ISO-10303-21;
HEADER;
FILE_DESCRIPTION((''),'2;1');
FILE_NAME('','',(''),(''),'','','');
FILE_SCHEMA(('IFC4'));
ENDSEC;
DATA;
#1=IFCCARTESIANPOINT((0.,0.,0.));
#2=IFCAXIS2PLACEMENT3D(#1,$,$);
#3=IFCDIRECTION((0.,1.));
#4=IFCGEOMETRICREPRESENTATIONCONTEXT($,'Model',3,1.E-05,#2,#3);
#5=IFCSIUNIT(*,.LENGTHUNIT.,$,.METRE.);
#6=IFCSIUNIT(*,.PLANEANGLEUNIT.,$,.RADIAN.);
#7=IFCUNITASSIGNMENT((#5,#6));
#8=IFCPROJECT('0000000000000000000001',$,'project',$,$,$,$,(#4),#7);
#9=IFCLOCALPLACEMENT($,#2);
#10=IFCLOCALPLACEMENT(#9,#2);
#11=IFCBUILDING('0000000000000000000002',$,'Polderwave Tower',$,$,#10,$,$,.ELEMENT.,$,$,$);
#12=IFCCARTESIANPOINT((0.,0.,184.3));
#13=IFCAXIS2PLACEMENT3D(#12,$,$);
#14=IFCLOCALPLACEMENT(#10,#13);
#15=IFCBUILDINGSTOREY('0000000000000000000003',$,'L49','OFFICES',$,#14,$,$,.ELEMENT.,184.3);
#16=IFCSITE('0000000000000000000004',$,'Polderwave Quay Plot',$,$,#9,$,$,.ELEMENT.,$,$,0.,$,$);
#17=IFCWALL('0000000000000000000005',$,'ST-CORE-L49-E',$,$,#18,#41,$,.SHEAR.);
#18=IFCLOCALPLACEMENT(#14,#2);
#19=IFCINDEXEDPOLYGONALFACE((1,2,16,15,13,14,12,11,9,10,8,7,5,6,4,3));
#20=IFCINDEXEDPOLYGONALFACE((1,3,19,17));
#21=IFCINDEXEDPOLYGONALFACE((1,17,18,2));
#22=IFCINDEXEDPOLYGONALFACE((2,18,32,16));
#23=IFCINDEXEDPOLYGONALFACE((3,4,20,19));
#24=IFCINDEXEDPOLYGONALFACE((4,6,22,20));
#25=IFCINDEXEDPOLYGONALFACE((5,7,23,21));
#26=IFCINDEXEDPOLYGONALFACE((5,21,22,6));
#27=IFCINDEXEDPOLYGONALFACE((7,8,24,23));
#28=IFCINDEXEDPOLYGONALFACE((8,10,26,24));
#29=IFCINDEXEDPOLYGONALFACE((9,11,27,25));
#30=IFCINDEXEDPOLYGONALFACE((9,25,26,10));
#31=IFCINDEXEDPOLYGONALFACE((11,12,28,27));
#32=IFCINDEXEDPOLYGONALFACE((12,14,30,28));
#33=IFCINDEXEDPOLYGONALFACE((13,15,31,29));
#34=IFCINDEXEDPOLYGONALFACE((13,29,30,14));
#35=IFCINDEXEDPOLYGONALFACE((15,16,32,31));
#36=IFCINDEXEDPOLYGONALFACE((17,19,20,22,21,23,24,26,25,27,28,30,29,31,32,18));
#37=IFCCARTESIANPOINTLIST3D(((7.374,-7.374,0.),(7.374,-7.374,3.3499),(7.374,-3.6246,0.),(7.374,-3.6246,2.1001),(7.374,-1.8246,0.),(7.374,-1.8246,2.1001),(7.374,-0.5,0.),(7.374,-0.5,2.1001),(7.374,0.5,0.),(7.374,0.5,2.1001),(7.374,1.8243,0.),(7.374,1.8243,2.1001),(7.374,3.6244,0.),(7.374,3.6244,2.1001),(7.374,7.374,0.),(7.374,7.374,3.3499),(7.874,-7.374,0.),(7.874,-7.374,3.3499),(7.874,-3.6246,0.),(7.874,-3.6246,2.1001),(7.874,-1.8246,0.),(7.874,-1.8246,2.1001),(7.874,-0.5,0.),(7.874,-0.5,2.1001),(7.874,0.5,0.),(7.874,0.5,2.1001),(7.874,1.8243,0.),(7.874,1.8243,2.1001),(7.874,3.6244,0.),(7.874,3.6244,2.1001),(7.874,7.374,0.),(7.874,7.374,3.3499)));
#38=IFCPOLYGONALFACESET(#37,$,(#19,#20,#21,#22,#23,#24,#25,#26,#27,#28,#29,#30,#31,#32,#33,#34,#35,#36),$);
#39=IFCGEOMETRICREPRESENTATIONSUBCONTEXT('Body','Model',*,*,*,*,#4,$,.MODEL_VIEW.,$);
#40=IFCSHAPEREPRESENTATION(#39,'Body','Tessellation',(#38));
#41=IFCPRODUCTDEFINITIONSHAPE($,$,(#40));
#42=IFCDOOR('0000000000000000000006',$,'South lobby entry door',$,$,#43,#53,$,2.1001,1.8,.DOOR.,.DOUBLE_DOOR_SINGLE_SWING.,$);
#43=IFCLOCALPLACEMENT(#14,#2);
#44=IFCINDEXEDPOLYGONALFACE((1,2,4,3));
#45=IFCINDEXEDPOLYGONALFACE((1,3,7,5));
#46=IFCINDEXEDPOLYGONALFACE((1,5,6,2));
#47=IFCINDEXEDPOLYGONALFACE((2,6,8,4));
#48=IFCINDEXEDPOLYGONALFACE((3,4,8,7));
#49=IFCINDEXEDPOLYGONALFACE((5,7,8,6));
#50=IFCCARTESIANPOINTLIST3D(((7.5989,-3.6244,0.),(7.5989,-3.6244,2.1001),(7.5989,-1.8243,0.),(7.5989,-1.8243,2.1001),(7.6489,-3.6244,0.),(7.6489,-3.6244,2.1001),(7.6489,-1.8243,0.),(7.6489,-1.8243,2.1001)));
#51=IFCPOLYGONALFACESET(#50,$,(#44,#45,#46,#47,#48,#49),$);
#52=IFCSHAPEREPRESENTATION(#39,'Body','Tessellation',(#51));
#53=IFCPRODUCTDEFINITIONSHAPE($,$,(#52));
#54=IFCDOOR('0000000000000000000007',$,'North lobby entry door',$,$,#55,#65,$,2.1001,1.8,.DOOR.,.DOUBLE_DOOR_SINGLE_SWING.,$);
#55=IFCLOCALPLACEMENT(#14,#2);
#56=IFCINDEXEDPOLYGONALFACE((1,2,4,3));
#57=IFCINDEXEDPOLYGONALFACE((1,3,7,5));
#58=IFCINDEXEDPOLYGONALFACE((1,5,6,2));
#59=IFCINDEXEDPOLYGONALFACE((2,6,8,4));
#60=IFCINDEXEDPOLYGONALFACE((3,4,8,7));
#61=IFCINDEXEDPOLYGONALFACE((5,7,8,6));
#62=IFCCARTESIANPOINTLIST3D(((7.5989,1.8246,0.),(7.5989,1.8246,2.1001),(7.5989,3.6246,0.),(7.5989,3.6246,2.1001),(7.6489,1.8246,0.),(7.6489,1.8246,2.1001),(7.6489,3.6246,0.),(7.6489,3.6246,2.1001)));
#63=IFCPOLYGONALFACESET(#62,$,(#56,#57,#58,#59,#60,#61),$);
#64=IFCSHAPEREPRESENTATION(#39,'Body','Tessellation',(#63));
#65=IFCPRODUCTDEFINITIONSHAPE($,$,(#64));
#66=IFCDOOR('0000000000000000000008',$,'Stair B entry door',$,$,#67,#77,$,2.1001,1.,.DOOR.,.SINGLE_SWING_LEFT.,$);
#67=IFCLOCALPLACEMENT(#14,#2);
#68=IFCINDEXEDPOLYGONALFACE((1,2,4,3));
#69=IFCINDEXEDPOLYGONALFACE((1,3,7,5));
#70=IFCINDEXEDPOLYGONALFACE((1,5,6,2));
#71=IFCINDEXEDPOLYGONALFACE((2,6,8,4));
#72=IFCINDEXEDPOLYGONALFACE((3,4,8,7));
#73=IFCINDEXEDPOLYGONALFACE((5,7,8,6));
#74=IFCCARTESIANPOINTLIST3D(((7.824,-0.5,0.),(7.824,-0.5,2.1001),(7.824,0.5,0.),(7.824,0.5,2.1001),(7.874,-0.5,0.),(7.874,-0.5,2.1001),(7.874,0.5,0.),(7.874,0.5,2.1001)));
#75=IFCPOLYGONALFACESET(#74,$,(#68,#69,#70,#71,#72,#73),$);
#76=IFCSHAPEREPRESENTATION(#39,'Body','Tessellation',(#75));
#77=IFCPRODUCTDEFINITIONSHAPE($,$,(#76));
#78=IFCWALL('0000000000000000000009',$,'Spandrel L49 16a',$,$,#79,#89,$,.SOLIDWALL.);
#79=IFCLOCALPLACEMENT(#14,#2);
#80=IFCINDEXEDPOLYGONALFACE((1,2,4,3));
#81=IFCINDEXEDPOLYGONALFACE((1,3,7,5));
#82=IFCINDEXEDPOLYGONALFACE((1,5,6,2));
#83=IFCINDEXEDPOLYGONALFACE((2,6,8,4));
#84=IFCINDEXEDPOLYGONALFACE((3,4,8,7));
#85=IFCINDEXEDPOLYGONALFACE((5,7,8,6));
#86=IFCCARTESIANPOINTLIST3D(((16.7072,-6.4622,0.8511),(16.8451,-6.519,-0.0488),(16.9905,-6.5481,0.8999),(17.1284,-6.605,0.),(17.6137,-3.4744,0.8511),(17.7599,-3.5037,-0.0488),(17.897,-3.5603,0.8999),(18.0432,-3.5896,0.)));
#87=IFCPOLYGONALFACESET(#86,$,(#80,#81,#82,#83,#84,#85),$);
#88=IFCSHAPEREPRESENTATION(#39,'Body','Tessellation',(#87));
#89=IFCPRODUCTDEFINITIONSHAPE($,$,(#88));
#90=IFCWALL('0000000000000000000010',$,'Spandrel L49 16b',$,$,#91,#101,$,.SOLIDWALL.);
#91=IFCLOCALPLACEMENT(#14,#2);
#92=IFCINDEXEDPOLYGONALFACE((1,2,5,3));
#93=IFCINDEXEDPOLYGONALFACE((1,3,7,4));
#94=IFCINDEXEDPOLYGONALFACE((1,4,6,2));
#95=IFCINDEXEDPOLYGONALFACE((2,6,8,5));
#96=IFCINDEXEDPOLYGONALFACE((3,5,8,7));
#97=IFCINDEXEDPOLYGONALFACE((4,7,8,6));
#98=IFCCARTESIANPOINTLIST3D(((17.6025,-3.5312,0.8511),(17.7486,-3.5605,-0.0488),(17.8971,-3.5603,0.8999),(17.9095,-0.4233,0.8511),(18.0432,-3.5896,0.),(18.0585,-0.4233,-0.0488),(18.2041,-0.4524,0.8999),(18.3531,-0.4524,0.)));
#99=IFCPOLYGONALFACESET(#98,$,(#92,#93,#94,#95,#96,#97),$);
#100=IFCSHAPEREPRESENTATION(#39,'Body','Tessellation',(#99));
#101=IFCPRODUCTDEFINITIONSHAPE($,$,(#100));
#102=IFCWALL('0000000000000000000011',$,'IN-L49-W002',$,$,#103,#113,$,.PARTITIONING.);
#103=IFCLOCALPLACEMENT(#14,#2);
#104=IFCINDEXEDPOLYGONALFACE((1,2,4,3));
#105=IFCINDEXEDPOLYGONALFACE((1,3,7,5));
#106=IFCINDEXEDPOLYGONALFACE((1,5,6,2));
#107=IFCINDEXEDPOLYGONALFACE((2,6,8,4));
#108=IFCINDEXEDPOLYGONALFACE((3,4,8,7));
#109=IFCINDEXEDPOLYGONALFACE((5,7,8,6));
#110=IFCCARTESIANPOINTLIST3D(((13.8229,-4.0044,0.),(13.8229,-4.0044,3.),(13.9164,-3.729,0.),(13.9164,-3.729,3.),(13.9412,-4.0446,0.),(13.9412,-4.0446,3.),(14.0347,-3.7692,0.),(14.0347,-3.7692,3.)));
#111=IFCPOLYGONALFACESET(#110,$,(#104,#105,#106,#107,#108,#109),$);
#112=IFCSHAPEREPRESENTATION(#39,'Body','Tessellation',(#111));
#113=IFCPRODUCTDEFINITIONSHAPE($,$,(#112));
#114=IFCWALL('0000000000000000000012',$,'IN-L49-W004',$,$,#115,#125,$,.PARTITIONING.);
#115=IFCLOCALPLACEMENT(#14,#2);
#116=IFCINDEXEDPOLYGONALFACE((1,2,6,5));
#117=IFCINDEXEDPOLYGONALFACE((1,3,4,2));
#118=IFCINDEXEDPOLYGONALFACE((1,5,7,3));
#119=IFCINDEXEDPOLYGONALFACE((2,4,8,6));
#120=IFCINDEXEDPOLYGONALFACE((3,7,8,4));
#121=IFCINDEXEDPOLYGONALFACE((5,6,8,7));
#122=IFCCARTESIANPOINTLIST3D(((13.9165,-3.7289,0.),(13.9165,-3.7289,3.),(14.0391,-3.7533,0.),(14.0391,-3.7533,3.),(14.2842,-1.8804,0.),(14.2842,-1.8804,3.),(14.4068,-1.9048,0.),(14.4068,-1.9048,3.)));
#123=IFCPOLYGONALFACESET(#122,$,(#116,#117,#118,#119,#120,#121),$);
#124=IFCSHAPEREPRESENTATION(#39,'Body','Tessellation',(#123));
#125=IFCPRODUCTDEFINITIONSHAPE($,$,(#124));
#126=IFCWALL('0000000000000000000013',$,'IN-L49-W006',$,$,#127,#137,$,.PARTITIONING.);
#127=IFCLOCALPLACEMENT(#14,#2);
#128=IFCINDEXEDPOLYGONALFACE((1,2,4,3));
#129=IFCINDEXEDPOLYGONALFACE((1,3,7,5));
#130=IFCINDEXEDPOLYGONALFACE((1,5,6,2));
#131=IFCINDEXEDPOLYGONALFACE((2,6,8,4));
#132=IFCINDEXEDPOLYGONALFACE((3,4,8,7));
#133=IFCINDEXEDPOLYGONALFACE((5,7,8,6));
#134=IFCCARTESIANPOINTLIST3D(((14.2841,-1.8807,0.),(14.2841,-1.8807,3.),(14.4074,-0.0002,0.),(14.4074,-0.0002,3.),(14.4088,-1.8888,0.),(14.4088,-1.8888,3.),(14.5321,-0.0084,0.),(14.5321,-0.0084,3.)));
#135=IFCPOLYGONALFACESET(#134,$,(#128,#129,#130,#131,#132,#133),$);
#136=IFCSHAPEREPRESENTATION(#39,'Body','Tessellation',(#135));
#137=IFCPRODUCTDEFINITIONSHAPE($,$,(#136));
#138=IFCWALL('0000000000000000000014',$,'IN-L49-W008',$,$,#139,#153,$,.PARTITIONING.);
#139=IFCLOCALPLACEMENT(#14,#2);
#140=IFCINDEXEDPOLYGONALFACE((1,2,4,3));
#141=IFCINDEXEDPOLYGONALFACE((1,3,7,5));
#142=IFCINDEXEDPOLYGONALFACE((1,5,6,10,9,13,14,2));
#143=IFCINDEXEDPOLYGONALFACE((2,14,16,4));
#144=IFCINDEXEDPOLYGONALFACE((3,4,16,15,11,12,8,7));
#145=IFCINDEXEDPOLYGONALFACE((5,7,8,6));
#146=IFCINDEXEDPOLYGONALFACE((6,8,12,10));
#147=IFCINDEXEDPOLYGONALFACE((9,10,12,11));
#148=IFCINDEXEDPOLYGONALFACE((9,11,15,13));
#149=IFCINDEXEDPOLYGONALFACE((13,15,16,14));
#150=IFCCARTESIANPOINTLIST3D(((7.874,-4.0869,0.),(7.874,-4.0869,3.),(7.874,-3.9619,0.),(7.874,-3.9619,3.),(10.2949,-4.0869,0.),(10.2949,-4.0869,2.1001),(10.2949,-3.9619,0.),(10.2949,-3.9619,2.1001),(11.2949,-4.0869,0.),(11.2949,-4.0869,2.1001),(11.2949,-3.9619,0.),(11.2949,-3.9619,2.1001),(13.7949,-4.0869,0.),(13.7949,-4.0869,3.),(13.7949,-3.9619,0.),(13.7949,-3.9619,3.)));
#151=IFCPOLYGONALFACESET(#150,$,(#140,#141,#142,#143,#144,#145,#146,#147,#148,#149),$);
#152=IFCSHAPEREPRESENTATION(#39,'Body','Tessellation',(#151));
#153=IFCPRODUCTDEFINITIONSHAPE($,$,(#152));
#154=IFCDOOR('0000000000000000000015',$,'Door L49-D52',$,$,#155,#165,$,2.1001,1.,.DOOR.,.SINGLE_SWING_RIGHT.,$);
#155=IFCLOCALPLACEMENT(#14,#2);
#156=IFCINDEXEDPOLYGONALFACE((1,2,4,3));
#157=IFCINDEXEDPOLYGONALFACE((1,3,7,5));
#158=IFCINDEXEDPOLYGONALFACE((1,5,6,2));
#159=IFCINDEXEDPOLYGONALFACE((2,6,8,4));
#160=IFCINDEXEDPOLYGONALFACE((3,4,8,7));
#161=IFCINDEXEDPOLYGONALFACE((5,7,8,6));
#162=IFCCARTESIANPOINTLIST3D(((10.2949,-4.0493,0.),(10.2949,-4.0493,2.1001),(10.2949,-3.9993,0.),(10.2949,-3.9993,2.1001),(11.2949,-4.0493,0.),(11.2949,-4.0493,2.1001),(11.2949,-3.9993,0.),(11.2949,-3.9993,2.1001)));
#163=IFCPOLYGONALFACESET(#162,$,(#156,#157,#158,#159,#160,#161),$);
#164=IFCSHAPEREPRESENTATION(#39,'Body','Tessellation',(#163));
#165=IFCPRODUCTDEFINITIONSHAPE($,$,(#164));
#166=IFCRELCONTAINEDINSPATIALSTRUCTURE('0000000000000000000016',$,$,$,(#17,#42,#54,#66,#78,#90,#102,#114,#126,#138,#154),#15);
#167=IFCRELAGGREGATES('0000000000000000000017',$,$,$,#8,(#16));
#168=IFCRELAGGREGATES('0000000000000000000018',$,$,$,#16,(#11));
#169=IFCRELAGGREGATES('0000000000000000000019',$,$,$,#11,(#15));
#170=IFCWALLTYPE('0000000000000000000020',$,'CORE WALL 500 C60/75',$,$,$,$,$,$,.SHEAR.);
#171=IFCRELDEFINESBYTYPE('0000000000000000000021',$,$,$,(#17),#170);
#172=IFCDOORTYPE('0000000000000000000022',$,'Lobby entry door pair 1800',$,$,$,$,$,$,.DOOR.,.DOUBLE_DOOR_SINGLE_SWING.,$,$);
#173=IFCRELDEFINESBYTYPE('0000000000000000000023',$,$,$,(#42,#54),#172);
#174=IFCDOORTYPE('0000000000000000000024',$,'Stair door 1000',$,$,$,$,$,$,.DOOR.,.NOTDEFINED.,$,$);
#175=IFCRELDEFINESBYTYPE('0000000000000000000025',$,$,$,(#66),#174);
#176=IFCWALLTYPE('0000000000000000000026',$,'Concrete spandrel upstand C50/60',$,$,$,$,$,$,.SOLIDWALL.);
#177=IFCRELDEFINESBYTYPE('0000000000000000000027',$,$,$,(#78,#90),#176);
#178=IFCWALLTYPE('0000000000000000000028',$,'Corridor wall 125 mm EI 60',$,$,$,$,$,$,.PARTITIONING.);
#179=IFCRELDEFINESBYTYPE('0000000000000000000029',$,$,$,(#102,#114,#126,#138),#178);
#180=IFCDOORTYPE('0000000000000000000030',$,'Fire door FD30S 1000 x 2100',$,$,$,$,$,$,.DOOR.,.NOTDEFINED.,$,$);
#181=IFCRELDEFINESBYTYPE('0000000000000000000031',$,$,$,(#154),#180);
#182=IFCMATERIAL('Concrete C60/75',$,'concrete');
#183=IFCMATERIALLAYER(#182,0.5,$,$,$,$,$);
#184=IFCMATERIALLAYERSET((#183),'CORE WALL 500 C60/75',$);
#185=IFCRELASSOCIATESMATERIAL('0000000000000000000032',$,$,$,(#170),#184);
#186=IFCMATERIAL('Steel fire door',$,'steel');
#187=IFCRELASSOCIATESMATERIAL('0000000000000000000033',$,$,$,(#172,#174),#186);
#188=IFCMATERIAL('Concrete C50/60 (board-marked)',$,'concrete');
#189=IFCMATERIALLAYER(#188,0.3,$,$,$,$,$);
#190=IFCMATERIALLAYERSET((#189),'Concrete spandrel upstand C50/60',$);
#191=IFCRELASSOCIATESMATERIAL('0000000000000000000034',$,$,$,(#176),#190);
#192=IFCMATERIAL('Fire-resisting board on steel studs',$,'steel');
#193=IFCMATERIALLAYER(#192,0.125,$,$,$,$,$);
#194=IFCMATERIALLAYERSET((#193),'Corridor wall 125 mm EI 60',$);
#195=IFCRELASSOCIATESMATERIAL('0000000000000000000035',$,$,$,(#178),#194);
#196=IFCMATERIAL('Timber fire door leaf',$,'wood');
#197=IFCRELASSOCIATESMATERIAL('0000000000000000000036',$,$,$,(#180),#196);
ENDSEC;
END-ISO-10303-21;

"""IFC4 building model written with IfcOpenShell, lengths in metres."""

from ifc_helpers import new_model, si_unit, direction, frame, frame_2d, origin, place, context, subcontext, project, spatial, polyline, rectangle, outline, extrude, material, layer, layer_set, type_object, element, fill, save


model = new_model("IFC4")

# Units and contexts
model_context = context("Model", 3, precision=1e-05, world=origin(), true_north=direction((0.0, 1.0)))
body_context = subcontext(model_context, "Body", "Model", "MODEL_VIEW")
ifc_project = project(units=[si_unit("LENGTHUNIT", "METRE"), si_unit("PLANEANGLEUNIT", "RADIAN")], contexts=[model_context])

# Site, building, storey
site_placement = place(None, origin())
site = spatial("IfcSite", under=ifc_project, at=site_placement, Name="Polderwave Quay Plot", CompositionType="ELEMENT", RefElevation=0.0)
building_placement = place(site_placement, origin())
building = spatial("IfcBuilding", under=site, at=building_placement, Name="Polderwave Tower", CompositionType="ELEMENT")
storey_placement = place(building_placement, frame((0.0, 0.0, 184.3)))
storey = spatial("IfcBuildingStorey", under=building, at=storey_placement, Name="L49", Description="OFFICES", CompositionType="ELEMENT", Elevation=184.3)

# Shared definitions
ifc_material_1 = material(Name="Concrete C60/75", Category="concrete")

# Wall, openings, doors
ifc_layer_1 = layer(ifc_material_1, 0.5)
ifc_layer_set_1 = layer_set([ifc_layer_1], Name="CORE WALL 500 C60/75")
wall_type_1 = type_object("IfcWallType", Name="CORE WALL 500 C60/75", PredefinedType="SHEAR", material=ifc_layer_set_1)
wall_1_placement = place(storey_placement, frame((7.624, -7.374, 0.0), z_axis=(0.0, 0.0, 1.0), x_axis=(0.0, 1.0, 0.0)))
wall_1 = element("IfcWall", 1, at=wall_1_placement, inside=storey, type_object=wall_type_1, Name="ST-CORE-L49-E", PredefinedType="SHEAR", context=body_context, shape_type="SweptSolid", body=[
    extrude(rectangle(XDim=14.748, YDim=0.5, at=frame_2d((7.374, 0.0))), origin(), (0.0, 0.0, 1.0), 3.3499),
])
opening_1_placement = place(wall_1_placement, frame((6.874, 0.0, 0.0)))
opening_1 = element("IfcOpeningElement", 2, at=opening_1_placement, cuts=wall_1, PredefinedType="OPENING", context=body_context, shape_type="SweptSolid", body=[
    extrude(rectangle(XDim=1.0, YDim=2.1001, at=frame_2d((0.5, 1.05))), frame((0.0, 0.26, 0.0), z_axis=(0.0, -1.0, 0.0), x_axis=(1.0, 0.0, 0.0)), (0.0, 0.0, 1.0), 0.52),
])
opening_2_placement = place(wall_1_placement, frame((3.7495, 0.0, 0.0)))
opening_2 = element("IfcOpeningElement", 3, at=opening_2_placement, cuts=wall_1, PredefinedType="OPENING", context=body_context, shape_type="SweptSolid", body=[
    extrude(rectangle(XDim=1.8, YDim=2.1001, at=frame_2d((0.8999, 1.05))), frame((0.0, 0.26, 0.0), z_axis=(0.0, -1.0, 0.0), x_axis=(1.0, 0.0, 0.0)), (0.0, 0.0, 1.0), 0.52),
])
opening_3_placement = place(wall_1_placement, frame((9.1985, 0.0, 0.0)))
opening_3 = element("IfcOpeningElement", 4, at=opening_3_placement, cuts=wall_1, PredefinedType="OPENING", context=body_context, shape_type="SweptSolid", body=[
    extrude(rectangle(XDim=1.8, YDim=2.1001, at=frame_2d((0.8999, 1.05))), frame((0.0, 0.26, 0.0), z_axis=(0.0, -1.0, 0.0), x_axis=(1.0, 0.0, 0.0)), (0.0, 0.0, 1.0), 0.52),
])
ifc_material_2 = material(Name="Steel fire door", Category="steel")
door_type_1 = type_object("IfcDoorType", Name="Lobby entry door pair 1800", OperationType="DOUBLE_DOOR_SINGLE_SWING", PredefinedType="DOOR", material=ifc_material_2)
door_1_placement = place(opening_2_placement, frame((1.8, 0.0, 0.0), z_axis=(0.0, 0.0, 1.0), x_axis=(-1.0, 0.0, 0.0)))
door_1 = element("IfcDoor", 5, at=door_1_placement, inside=storey, type_object=door_type_1, Name="South lobby entry door", OperationType="DOUBLE_DOOR_SINGLE_SWING", OverallHeight=2.1001, OverallWidth=1.8, PredefinedType="DOOR", context=body_context, shape_type="SweptSolid", body=[
    extrude(rectangle(XDim=1.8, YDim=2.1001, at=frame_2d((0.8999, 1.05))), frame((0.0, 0.0249, 0.0), z_axis=(0.0, -1.0, 0.0), x_axis=(1.0, 0.0, 0.0)), (0.0, 0.0, 1.0), 0.05),
])
fill(opening_2, door_1)
door_2_placement = place(opening_3_placement, frame((1.8, 0.0, 0.0), z_axis=(0.0, 0.0, 1.0), x_axis=(-1.0, 0.0, 0.0)))
door_2 = element("IfcDoor", 6, at=door_2_placement, inside=storey, type_object=door_type_1, Name="North lobby entry door", OperationType="DOUBLE_DOOR_SINGLE_SWING", OverallHeight=2.1001, OverallWidth=1.8, PredefinedType="DOOR", context=body_context, shape_type="SweptSolid", body=[
    extrude(rectangle(XDim=1.8, YDim=2.1001, at=frame_2d((0.8999, 1.05))), frame((0.0, 0.0249, 0.0), z_axis=(0.0, -1.0, 0.0), x_axis=(1.0, 0.0, 0.0)), (0.0, 0.0, 1.0), 0.05),
])
fill(opening_3, door_2)
door_type_2 = type_object("IfcDoorType", Name="Stair door 1000", OperationType="NOTDEFINED", PredefinedType="DOOR", material=ifc_material_2)
door_3_placement = place(opening_1_placement, frame((1.0, 0.0, 0.0), z_axis=(0.0, 0.0, 1.0), x_axis=(-1.0, 0.0, 0.0)))
door_3 = element("IfcDoor", 7, at=door_3_placement, inside=storey, type_object=door_type_2, Name="Stair B entry door", OperationType="SINGLE_SWING_LEFT", OverallHeight=2.1001, OverallWidth=1.0, PredefinedType="DOOR", context=body_context, shape_type="SweptSolid", body=[
    extrude(rectangle(XDim=1.0, YDim=2.1001, at=frame_2d((0.5, 1.05))), frame((0.0, 0.25, 0.0), z_axis=(0.0, -1.0, 0.0), x_axis=(1.0, 0.0, 0.0)), (0.0, 0.0, 1.0), 0.05),
])
fill(opening_1, door_3)

# Walls
ifc_material_3 = material(Name="Concrete C50/60 (board-marked)", Category="concrete")
ifc_layer_2 = layer(ifc_material_3, 0.3)
ifc_layer_set_2 = layer_set([ifc_layer_2], Name="Concrete spandrel upstand C50/60")
wall_type_2 = type_object("IfcWallType", Name="Concrete spandrel upstand C50/60", PredefinedType="SOLIDWALL", material=ifc_layer_set_2)
wall_2_placement = place(storey_placement, frame((17.1284, -6.605, 0.0), z_axis=(0.944164, -0.286448, 0.162795), x_axis=(0.29032, 0.95693, 0.000002)))
element("IfcWall", 8, at=wall_2_placement, inside=storey, type_object=wall_type_2, Name="Spandrel L49 16a", PredefinedType="SOLIDWALL", context=body_context, shape_type="SweptSolid", body=[
    extrude(outline(polyline([(0.0, 0.0), (3.1511, 0.0), (3.1367, 0.9121), (0.0144, 0.9121), (0.0, 0.0)])), origin(), (0.0, 0.0, -1.0), 0.3),
])
wall_3_placement = place(storey_placement, frame((18.0432, -3.5896, 0.0), z_axis=(0.981911, -0.097001, 0.162611), x_axis=(0.098309, 0.995156, 0.000005)))
element("IfcWall", 9, at=wall_3_placement, inside=storey, type_object=wall_type_2, Name="Spandrel L49 16b", PredefinedType="SOLIDWALL", context=body_context, shape_type="SweptSolid", body=[
    extrude(outline(polyline([(0.0, 0.0), (3.1525, 0.0), (3.1378, 0.912), (0.0148, 0.9121), (0.0, 0.0)])), origin(), (0.0, 0.0, -1.0), 0.3),
])
ifc_material_4 = material(Name="Fire-resisting board on steel studs", Category="steel")
ifc_layer_3 = layer(ifc_material_4, 0.125)
ifc_layer_set_3 = layer_set([ifc_layer_3], Name="Corridor wall 125 mm EI 60")
wall_type_3 = type_object("IfcWallType", Name="Corridor wall 125 mm EI 60", PredefinedType="PARTITIONING", material=ifc_layer_set_3)
wall_4_placement = place(storey_placement, frame((13.9756, -3.749, 0.0), z_axis=(0.0, 0.0, 1.0), x_axis=(-0.321511, -0.946906, 0.0)))
element("IfcWall", 10, at=wall_4_placement, inside=storey, type_object=wall_type_3, Name="IN-L49-W002", PredefinedType="PARTITIONING", context=body_context, shape_type="SweptSolid", body=[
    extrude(rectangle(XDim=0.2908, YDim=0.125, at=frame_2d((0.1455, 0.0))), origin(), (0.0, 0.0, 1.0), 3.0),
])
wall_5_placement = place(storey_placement, frame((14.3455, -1.8926, 0.0), z_axis=(0.0, 0.0, 1.0), x_axis=(-0.19507, -0.980789, 0.0)))
element("IfcWall", 11, at=wall_5_placement, inside=storey, type_object=wall_type_3, Name="IN-L49-W004", PredefinedType="PARTITIONING", context=body_context, shape_type="SweptSolid", body=[
    extrude(rectangle(XDim=1.8848, YDim=0.125, at=frame_2d((0.9424, 0.0))), origin(), (0.0, 0.0, 1.0), 3.0),
])
wall_6_placement = place(storey_placement, frame((14.4697, -0.0042, 0.0), z_axis=(0.0, 0.0, 1.0), x_axis=(-0.065427, -0.997857, 0.0)))
element("IfcWall", 12, at=wall_6_placement, inside=storey, type_object=wall_type_3, Name="IN-L49-W006", PredefinedType="PARTITIONING", context=body_context, shape_type="SweptSolid", body=[
    extrude(rectangle(XDim=1.8845, YDim=0.125, at=frame_2d((0.9424, 0.0))), origin(), (0.0, 0.0, 1.0), 3.0),
])

# Wall, opening, door
wall_7_placement = place(storey_placement, frame((13.7949, -4.0244, 0.0), z_axis=(0.0, 0.0, 1.0), x_axis=(-1.0, 0.0, 0.0)))
wall_7 = element("IfcWall", 13, at=wall_7_placement, inside=storey, type_object=wall_type_3, Name="IN-L49-W008", PredefinedType="PARTITIONING", context=body_context, shape_type="SweptSolid", body=[
    extrude(rectangle(XDim=5.9209, YDim=0.125, at=frame_2d((2.9604, 0.0))), origin(), (0.0, 0.0, 1.0), 3.0),
])
opening_4_placement = place(wall_7_placement, frame((2.5, 0.0, 0.0)))
opening_4 = element("IfcOpeningElement", 14, at=opening_4_placement, cuts=wall_7, PredefinedType="OPENING", context=body_context, shape_type="SweptSolid", body=[
    extrude(rectangle(XDim=1.0, YDim=2.1001, at=frame_2d((0.5, 1.05))), frame((0.0, 0.0725, 0.0), z_axis=(0.0, -1.0, 0.0), x_axis=(1.0, 0.0, 0.0)), (0.0, 0.0, 1.0), 0.145),
])
ifc_material_5 = material(Name="Timber fire door leaf", Category="wood")
door_type_3 = type_object("IfcDoorType", Name="Fire door FD30S 1000 x 2100", OperationType="NOTDEFINED", PredefinedType="DOOR", material=ifc_material_5)
door_4_placement = place(opening_4_placement, origin())
door_4 = element("IfcDoor", 15, at=door_4_placement, inside=storey, type_object=door_type_3, Name="Door L49-D52", OperationType="SINGLE_SWING_RIGHT", OverallHeight=2.1001, OverallWidth=1.0, PredefinedType="DOOR", context=body_context, shape_type="SweptSolid", body=[
    extrude(rectangle(XDim=1.0, YDim=2.1001, at=frame_2d((0.5, 1.05))), frame((0.0, 0.0249, 0.0), z_axis=(0.0, -1.0, 0.0), x_axis=(1.0, 0.0, 0.0)), (0.0, 0.0, 1.0), 0.05),
])
fill(opening_4, door_4)

save(model, "model.ifc")
